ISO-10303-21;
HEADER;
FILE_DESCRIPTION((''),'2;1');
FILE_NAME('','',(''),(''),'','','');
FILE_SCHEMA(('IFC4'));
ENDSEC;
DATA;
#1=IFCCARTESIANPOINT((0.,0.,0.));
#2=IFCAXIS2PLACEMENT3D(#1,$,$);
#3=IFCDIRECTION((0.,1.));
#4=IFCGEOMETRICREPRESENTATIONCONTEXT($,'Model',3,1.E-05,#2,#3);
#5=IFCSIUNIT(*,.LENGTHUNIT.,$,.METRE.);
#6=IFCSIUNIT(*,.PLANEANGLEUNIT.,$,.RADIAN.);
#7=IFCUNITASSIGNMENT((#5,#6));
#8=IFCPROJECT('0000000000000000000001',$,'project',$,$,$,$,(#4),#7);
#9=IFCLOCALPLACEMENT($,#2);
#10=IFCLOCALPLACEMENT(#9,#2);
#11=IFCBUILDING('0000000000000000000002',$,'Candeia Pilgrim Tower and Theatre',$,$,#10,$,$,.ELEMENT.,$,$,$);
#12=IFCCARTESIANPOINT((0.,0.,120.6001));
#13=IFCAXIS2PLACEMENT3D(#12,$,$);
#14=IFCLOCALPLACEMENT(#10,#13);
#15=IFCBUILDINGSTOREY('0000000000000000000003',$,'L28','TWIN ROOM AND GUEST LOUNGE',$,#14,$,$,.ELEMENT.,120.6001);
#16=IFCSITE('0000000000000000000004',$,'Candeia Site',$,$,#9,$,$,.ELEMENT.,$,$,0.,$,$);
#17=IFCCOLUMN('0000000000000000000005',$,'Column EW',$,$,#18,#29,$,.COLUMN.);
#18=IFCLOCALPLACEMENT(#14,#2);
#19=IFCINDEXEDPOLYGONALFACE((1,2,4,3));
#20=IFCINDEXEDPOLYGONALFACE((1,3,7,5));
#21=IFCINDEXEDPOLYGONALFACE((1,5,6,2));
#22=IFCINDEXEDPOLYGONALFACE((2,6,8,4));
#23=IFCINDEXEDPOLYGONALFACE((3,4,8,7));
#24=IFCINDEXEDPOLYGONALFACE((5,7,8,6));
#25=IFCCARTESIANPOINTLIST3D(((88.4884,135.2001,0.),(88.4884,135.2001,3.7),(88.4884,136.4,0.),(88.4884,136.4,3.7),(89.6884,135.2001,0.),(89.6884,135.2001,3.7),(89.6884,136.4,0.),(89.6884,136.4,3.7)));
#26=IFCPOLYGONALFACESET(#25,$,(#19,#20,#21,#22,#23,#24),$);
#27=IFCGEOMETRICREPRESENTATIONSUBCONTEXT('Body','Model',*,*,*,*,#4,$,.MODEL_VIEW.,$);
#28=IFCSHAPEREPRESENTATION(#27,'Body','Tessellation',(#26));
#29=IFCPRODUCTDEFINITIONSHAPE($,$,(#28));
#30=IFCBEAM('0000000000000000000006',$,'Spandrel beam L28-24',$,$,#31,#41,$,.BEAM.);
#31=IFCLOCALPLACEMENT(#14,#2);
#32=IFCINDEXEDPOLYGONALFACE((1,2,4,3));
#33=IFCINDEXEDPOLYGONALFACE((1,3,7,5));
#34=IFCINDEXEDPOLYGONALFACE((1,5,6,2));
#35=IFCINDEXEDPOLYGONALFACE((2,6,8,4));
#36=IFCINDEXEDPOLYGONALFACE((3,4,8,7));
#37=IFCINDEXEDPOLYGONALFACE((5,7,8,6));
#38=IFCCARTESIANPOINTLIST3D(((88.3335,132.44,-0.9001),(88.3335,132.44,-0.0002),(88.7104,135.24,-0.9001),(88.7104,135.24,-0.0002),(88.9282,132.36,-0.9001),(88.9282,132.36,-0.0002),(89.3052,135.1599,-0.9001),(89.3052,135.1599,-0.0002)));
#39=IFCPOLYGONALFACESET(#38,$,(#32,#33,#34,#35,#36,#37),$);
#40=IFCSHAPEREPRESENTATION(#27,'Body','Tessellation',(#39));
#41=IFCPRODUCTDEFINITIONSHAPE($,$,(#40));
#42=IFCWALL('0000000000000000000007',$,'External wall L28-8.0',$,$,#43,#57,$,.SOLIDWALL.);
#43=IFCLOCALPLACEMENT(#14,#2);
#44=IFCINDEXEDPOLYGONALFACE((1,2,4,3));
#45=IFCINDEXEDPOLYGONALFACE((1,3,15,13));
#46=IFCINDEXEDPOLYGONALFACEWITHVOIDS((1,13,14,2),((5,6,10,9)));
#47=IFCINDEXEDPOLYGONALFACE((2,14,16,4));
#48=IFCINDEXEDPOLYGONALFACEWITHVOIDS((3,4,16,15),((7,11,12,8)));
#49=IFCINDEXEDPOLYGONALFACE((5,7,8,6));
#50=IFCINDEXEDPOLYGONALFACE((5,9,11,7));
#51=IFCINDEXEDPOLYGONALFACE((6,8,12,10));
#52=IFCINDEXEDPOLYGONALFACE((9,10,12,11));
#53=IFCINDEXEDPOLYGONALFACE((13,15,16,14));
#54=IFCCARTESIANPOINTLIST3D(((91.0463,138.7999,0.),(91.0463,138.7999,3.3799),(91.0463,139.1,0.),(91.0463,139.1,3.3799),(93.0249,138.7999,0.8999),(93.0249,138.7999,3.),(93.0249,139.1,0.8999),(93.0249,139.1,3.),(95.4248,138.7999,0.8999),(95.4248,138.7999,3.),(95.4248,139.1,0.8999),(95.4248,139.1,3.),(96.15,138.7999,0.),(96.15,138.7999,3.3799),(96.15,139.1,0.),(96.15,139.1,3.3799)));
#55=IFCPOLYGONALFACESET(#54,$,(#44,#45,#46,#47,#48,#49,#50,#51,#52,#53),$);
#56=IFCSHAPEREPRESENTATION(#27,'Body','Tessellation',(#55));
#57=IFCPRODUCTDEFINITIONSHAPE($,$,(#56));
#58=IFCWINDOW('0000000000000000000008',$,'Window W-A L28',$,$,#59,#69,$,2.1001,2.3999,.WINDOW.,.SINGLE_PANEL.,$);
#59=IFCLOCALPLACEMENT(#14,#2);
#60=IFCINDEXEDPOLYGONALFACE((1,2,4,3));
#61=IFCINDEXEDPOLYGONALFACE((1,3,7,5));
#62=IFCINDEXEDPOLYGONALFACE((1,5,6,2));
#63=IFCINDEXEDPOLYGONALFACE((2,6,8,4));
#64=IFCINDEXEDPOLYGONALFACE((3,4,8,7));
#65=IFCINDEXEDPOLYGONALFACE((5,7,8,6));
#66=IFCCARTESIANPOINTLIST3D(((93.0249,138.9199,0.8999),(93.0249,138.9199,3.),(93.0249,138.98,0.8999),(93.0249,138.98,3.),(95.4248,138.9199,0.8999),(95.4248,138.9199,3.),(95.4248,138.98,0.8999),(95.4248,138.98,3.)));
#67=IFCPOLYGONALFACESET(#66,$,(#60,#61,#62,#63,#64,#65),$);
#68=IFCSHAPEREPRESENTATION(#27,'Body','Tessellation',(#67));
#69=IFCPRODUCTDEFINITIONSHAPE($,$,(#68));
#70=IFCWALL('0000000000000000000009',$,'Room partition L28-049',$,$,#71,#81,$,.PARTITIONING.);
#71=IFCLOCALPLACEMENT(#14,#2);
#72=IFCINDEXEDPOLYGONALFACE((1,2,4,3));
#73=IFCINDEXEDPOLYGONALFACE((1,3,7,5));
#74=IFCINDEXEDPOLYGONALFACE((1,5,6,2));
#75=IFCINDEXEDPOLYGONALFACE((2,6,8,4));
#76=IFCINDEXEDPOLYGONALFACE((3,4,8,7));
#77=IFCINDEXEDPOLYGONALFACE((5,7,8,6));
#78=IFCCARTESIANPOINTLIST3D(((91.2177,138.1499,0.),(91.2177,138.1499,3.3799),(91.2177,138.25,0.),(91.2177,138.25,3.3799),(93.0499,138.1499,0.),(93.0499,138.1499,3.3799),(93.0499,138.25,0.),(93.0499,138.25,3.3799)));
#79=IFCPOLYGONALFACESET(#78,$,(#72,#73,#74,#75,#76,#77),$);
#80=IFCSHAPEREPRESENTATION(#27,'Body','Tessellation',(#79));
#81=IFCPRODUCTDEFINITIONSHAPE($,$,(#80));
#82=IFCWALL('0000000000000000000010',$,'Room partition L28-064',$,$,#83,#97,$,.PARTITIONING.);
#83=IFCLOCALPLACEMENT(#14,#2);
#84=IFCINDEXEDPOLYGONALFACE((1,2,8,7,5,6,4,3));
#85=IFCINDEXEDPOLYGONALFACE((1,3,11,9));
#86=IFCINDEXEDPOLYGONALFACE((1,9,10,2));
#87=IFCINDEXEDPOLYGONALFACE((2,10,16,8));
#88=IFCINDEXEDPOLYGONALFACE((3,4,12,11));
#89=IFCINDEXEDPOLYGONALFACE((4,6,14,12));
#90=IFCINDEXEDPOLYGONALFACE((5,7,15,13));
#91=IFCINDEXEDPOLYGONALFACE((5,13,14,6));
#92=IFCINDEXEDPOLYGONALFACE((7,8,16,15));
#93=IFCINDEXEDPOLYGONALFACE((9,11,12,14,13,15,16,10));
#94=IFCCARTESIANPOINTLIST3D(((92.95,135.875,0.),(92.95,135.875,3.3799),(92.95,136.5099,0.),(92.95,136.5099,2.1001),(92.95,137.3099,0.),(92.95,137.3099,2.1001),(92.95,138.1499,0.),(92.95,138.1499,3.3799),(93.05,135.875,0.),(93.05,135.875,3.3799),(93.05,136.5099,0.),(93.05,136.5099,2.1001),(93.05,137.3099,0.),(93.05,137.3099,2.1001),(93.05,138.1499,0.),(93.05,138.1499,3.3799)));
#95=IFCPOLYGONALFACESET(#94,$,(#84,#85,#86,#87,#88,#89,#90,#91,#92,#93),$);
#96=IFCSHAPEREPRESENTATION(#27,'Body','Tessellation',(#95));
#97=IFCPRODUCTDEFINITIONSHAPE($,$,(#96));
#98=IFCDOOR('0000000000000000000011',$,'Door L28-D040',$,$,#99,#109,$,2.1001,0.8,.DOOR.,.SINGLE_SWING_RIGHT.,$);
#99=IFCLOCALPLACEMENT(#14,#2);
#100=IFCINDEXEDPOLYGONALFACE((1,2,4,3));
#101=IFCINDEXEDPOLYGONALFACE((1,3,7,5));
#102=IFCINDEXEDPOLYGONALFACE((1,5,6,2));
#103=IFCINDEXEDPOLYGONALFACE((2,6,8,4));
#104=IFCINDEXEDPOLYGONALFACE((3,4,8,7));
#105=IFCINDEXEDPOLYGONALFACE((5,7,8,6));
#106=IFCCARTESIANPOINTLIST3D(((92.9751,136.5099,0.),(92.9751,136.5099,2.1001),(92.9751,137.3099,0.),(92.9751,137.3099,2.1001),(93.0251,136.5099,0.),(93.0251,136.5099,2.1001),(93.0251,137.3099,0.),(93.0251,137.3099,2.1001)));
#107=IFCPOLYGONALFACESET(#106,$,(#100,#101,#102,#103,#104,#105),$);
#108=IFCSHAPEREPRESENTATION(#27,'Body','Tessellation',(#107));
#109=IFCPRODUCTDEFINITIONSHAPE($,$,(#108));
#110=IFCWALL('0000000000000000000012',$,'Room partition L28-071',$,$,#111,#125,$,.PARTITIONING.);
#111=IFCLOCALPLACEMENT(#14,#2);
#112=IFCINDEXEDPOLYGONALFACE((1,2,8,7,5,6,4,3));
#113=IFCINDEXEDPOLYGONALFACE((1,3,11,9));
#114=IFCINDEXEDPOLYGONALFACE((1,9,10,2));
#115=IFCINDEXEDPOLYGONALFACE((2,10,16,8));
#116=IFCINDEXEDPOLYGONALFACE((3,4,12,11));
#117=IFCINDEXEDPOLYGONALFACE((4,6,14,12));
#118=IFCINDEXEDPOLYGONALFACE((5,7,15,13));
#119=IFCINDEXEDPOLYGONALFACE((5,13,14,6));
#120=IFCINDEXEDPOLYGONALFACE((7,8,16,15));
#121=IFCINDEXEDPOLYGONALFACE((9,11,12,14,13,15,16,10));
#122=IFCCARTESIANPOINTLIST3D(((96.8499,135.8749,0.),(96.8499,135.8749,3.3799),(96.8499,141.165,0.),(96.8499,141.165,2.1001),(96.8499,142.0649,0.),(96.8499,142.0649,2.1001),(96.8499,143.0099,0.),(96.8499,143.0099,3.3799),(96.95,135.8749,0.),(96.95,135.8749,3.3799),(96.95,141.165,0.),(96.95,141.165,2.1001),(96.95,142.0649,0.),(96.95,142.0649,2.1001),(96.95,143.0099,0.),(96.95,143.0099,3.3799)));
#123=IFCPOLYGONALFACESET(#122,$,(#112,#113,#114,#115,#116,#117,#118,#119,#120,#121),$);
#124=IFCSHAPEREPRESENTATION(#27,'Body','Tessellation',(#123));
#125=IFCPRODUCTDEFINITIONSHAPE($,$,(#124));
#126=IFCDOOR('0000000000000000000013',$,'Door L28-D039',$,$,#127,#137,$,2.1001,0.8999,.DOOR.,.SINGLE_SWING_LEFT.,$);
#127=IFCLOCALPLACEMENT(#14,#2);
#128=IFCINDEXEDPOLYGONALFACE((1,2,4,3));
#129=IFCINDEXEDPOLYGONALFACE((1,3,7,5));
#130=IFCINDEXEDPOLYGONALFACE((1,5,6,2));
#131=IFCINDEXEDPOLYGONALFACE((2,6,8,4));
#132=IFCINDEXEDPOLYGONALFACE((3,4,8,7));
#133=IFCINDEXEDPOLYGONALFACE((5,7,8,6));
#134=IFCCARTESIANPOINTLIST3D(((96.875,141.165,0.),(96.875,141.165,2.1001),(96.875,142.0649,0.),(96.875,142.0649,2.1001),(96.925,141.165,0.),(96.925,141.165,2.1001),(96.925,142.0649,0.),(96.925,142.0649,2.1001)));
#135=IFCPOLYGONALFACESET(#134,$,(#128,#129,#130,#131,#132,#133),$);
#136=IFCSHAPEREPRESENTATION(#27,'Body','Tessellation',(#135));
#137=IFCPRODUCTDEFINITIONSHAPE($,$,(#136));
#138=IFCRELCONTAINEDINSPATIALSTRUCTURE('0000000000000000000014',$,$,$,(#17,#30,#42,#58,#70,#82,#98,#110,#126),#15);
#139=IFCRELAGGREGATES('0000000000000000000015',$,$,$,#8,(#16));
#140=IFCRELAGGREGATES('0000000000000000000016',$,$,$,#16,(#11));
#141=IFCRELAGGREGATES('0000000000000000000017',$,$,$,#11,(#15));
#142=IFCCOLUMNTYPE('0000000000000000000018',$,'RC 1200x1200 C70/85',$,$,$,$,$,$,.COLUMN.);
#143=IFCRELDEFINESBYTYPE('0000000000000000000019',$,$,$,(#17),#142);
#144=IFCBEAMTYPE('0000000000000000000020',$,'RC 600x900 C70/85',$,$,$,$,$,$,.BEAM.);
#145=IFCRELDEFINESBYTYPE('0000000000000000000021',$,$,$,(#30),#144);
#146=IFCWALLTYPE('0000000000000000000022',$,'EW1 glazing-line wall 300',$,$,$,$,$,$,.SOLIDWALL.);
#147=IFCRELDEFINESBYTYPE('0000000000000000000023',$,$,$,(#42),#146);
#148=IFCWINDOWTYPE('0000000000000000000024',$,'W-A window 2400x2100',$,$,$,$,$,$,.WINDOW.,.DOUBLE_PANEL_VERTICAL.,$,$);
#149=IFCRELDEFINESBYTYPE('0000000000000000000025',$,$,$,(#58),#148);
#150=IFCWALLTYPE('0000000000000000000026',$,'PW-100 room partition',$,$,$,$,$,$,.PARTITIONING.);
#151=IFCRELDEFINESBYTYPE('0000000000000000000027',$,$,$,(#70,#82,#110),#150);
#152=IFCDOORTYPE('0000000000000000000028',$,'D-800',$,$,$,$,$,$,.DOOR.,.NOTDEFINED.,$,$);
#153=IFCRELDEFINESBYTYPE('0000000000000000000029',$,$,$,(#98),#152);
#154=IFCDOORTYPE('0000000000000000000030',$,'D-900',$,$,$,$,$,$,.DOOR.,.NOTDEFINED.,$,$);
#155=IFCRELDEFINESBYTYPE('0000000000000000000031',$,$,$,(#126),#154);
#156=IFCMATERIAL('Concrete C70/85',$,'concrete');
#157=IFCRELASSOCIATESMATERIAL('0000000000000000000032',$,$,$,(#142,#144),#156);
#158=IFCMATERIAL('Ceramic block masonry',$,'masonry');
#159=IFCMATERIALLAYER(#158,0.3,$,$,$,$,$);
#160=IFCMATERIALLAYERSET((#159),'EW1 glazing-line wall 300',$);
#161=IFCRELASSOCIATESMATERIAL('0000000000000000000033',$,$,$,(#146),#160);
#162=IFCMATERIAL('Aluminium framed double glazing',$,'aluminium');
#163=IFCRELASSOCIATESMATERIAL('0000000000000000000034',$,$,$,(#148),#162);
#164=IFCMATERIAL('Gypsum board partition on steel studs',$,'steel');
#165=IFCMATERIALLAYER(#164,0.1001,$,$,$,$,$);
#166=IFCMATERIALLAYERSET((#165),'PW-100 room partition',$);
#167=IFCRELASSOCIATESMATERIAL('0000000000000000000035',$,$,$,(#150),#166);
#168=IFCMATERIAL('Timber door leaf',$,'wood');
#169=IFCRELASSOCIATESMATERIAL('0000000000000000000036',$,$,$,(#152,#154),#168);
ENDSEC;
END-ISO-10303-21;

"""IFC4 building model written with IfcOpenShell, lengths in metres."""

from ifc_helpers import new_model, si_unit, direction, frame, frame_2d, origin, origin_2d, place, context, subcontext, project, spatial, rectangle, extrude, material, layer, layer_set, material_profile, profile_set, type_object, element, fill, save


model = new_model("IFC4")

# Units and contexts
model_context = context("Model", 3, precision=1e-05, world=origin(), true_north=direction((0.0, 1.0)))
body_context = subcontext(model_context, "Body", "Model", "MODEL_VIEW")
ifc_project = project(units=[si_unit("LENGTHUNIT", "METRE"), si_unit("PLANEANGLEUNIT", "RADIAN")], contexts=[model_context])

# Site, building, storey
site_placement = place(None, origin())
site = spatial("IfcSite", under=ifc_project, at=site_placement, Name="Candeia Site", CompositionType="ELEMENT", RefElevation=0.0)
building_placement = place(site_placement, origin())
building = spatial("IfcBuilding", under=site, at=building_placement, Name="Candeia Pilgrim Tower and Theatre", CompositionType="ELEMENT")
storey_placement = place(building_placement, frame((0.0, 0.0, 120.6001)))
storey = spatial("IfcBuildingStorey", under=building, at=storey_placement, Name="L28", Description="TWIN ROOM AND GUEST LOUNGE", CompositionType="ELEMENT", Elevation=120.6001)

# Column
ifc_material_1 = material(Name="Concrete C70/85", Category="concrete")
ifc_material_profile_1 = material_profile(ifc_material_1, rectangle(XDim=1.2, YDim=1.2, at=origin_2d()))
ifc_profile_set_1 = profile_set([ifc_material_profile_1], Name="Concrete C70/85")
column_type = type_object("IfcColumnType", Name="RC 1200x1200 C70/85", PredefinedType="COLUMN", material=ifc_profile_set_1)
column_placement = place(storey_placement, frame((89.0884, 135.8, 0.0), z_axis=(0.0, 0.0, 1.0), x_axis=(1.0, 0.0, 0.0)))
element("IfcColumn", 1, at=column_placement, inside=storey, type_object=column_type, Name="Column EW", PredefinedType="COLUMN", context=body_context, shape_type="SweptSolid", body=[
    extrude(rectangle(XDim=1.2, YDim=1.2, at=origin_2d()), origin(), (0.0, 0.0, 1.0), 3.7),
])

# Beam
ifc_material_profile_2 = material_profile(ifc_material_1, rectangle(XDim=0.6001, YDim=0.8999, at=origin_2d()))
ifc_profile_set_2 = profile_set([ifc_material_profile_2], Name="Concrete C70/85")
beam_type = type_object("IfcBeamType", Name="RC 600x900 C70/85", PredefinedType="BEAM", material=ifc_profile_set_2)
beam_placement = place(storey_placement, frame((89.0078, 135.2, -0.4502), z_axis=(-0.13342, -0.99106, 0.0), x_axis=(0.99106, -0.13342, 0.0)))
element("IfcBeam", 2, at=beam_placement, inside=storey, type_object=beam_type, Name="Spandrel beam L28-24", PredefinedType="BEAM", context=body_context, shape_type="SweptSolid", body=[
    extrude(rectangle(XDim=0.6001, YDim=0.8999, at=origin_2d()), origin(), (0.0, 0.0, 1.0), 2.8252),
])

# Wall, opening, window
ifc_material_2 = material(Name="Ceramic block masonry", Category="masonry")
ifc_layer_1 = layer(ifc_material_2, 0.3)
ifc_layer_set_1 = layer_set([ifc_layer_1], Name="EW1 glazing-line wall 300")
wall_type_1 = type_object("IfcWallType", Name="EW1 glazing-line wall 300", PredefinedType="SOLIDWALL", material=ifc_layer_set_1)
wall_1_placement = place(storey_placement, frame((96.1499, 138.95, 0.0), z_axis=(0.0, 0.0, 1.0), x_axis=(-1.0, 0.0, 0.0)))
wall_1 = element("IfcWall", 3, at=wall_1_placement, inside=storey, type_object=wall_type_1, Name="External wall L28-8.0", PredefinedType="SOLIDWALL", context=body_context, shape_type="SweptSolid", body=[
    extrude(rectangle(XDim=5.1038, YDim=0.3, at=frame_2d((2.5518, 0.0))), origin(), (0.0, 0.0, 1.0), 3.3799),
])
opening_1_placement = place(wall_1_placement, frame((0.7251, 0.0, 0.8999)))
opening_1 = element("IfcOpeningElement", 4, at=opening_1_placement, cuts=wall_1, PredefinedType="OPENING", context=body_context, shape_type="SweptSolid", body=[
    extrude(rectangle(XDim=2.3999, YDim=2.1001, at=frame_2d((1.2, 1.05))), frame((0.0, 0.1602, 0.0), z_axis=(0.0, -1.0, 0.0), x_axis=(1.0, 0.0, 0.0)), (0.0, 0.0, 1.0), 0.3201),
])
ifc_material_3 = material(Name="Aluminium framed double glazing", Category="aluminium")
window_type_1 = type_object("IfcWindowType", Name="W-A window 2400x2100", PartitioningType="DOUBLE_PANEL_VERTICAL", PredefinedType="WINDOW", material=ifc_material_3)
window_1_placement = place(opening_1_placement, origin())
window_1 = element("IfcWindow", 5, at=window_1_placement, inside=storey, type_object=window_type_1, Name="Window W-A L28", OverallHeight=2.1001, OverallWidth=2.3999, PartitioningType="SINGLE_PANEL", PredefinedType="WINDOW", context=body_context, shape_type="SweptSolid", body=[
    extrude(rectangle(XDim=2.3999, YDim=2.1001, at=frame_2d((1.2, 1.05))), frame((0.0, 0.03, 0.0), z_axis=(0.0, -1.0, 0.0), x_axis=(1.0, 0.0, 0.0)), (0.0, 0.0, 1.0), 0.0601),
])
fill(opening_1, window_1)

# Wall
ifc_material_4 = material(Name="Gypsum board partition on steel studs", Category="steel")
ifc_layer_2 = layer(ifc_material_4, 0.1001)
ifc_layer_set_2 = layer_set([ifc_layer_2], Name="PW-100 room partition")
wall_type_2 = type_object("IfcWallType", Name="PW-100 room partition", PredefinedType="PARTITIONING", material=ifc_layer_set_2)
wall_2_placement = place(storey_placement, frame((91.2178, 138.2, 0.0), z_axis=(0.0, 0.0, 1.0), x_axis=(1.0, 0.0, 0.0)))
element("IfcWall", 6, at=wall_2_placement, inside=storey, type_object=wall_type_2, Name="Room partition L28-049", PredefinedType="PARTITIONING", context=body_context, shape_type="SweptSolid", body=[
    extrude(rectangle(XDim=1.8323, YDim=0.1001, at=frame_2d((0.916, 0.0))), origin(), (0.0, 0.0, 1.0), 3.3799),
])

# Walls, openings, doors
wall_3_placement = place(storey_placement, frame((93.0, 135.875, 0.0), z_axis=(0.0, 0.0, 1.0), x_axis=(0.0, 1.0, 0.0)))
wall_3 = element("IfcWall", 7, at=wall_3_placement, inside=storey, type_object=wall_type_2, Name="Room partition L28-064", PredefinedType="PARTITIONING", context=body_context, shape_type="SweptSolid", body=[
    extrude(rectangle(XDim=2.2749, YDim=0.1001, at=frame_2d((1.1375, 0.0))), origin(), (0.0, 0.0, 1.0), 3.3799),
])
opening_2_placement = place(wall_3_placement, frame((0.635, 0.0, 0.0)))
opening_2 = element("IfcOpeningElement", 8, at=opening_2_placement, cuts=wall_3, PredefinedType="OPENING", context=body_context, shape_type="SweptSolid", body=[
    extrude(rectangle(XDim=0.8, YDim=2.1001, at=frame_2d((0.3999, 1.05))), frame((0.0, 0.0601, 0.0), z_axis=(0.0, -1.0, 0.0), x_axis=(1.0, 0.0, 0.0)), (0.0, 0.0, 1.0), 0.1201),
])
ifc_material_5 = material(Name="Timber door leaf", Category="wood")
door_type_1 = type_object("IfcDoorType", Name="D-800", OperationType="NOTDEFINED", PredefinedType="DOOR", material=ifc_material_5)
door_1_placement = place(opening_2_placement, origin())
door_1 = element("IfcDoor", 9, at=door_1_placement, inside=storey, type_object=door_type_1, Name="Door L28-D040", OperationType="SINGLE_SWING_RIGHT", OverallHeight=2.1001, OverallWidth=0.8, PredefinedType="DOOR", context=body_context, shape_type="SweptSolid", body=[
    extrude(rectangle(XDim=0.8, YDim=2.1001, at=frame_2d((0.3999, 1.05))), frame((0.0, 0.0249, 0.0), z_axis=(0.0, -1.0, 0.0), x_axis=(1.0, 0.0, 0.0)), (0.0, 0.0, 1.0), 0.05),
])
fill(opening_2, door_1)
wall_4_placement = place(storey_placement, frame((96.8999, 135.875, 0.0), z_axis=(0.0, 0.0, 1.0), x_axis=(0.0, 1.0, 0.0)))
wall_4 = element("IfcWall", 10, at=wall_4_placement, inside=storey, type_object=wall_type_2, Name="Room partition L28-071", PredefinedType="PARTITIONING", context=body_context, shape_type="SweptSolid", body=[
    extrude(rectangle(XDim=7.135, YDim=0.1001, at=frame_2d((3.5674, 0.0))), origin(), (0.0, 0.0, 1.0), 3.3799),
])
opening_3_placement = place(wall_4_placement, frame((5.29, 0.0, 0.0)))
opening_3 = element("IfcOpeningElement", 11, at=opening_3_placement, cuts=wall_4, PredefinedType="OPENING", context=body_context, shape_type="SweptSolid", body=[
    extrude(rectangle(XDim=0.8999, YDim=2.1001, at=frame_2d((0.45, 1.05))), frame((0.0, 0.0601, 0.0), z_axis=(0.0, -1.0, 0.0), x_axis=(1.0, 0.0, 0.0)), (0.0, 0.0, 1.0), 0.1201),
])
door_type_2 = type_object("IfcDoorType", Name="D-900", OperationType="NOTDEFINED", PredefinedType="DOOR", material=ifc_material_5)
door_2_placement = place(opening_3_placement, origin())
door_2 = element("IfcDoor", 12, at=door_2_placement, inside=storey, type_object=door_type_2, Name="Door L28-D039", OperationType="SINGLE_SWING_LEFT", OverallHeight=2.1001, OverallWidth=0.8999, PredefinedType="DOOR", context=body_context, shape_type="SweptSolid", body=[
    extrude(rectangle(XDim=0.8999, YDim=2.1001, at=frame_2d((0.45, 1.05))), frame((0.0, 0.0249, 0.0), z_axis=(0.0, -1.0, 0.0), x_axis=(1.0, 0.0, 0.0)), (0.0, 0.0, 1.0), 0.05),
])
fill(opening_3, door_2)

save(model, "model.ifc")
